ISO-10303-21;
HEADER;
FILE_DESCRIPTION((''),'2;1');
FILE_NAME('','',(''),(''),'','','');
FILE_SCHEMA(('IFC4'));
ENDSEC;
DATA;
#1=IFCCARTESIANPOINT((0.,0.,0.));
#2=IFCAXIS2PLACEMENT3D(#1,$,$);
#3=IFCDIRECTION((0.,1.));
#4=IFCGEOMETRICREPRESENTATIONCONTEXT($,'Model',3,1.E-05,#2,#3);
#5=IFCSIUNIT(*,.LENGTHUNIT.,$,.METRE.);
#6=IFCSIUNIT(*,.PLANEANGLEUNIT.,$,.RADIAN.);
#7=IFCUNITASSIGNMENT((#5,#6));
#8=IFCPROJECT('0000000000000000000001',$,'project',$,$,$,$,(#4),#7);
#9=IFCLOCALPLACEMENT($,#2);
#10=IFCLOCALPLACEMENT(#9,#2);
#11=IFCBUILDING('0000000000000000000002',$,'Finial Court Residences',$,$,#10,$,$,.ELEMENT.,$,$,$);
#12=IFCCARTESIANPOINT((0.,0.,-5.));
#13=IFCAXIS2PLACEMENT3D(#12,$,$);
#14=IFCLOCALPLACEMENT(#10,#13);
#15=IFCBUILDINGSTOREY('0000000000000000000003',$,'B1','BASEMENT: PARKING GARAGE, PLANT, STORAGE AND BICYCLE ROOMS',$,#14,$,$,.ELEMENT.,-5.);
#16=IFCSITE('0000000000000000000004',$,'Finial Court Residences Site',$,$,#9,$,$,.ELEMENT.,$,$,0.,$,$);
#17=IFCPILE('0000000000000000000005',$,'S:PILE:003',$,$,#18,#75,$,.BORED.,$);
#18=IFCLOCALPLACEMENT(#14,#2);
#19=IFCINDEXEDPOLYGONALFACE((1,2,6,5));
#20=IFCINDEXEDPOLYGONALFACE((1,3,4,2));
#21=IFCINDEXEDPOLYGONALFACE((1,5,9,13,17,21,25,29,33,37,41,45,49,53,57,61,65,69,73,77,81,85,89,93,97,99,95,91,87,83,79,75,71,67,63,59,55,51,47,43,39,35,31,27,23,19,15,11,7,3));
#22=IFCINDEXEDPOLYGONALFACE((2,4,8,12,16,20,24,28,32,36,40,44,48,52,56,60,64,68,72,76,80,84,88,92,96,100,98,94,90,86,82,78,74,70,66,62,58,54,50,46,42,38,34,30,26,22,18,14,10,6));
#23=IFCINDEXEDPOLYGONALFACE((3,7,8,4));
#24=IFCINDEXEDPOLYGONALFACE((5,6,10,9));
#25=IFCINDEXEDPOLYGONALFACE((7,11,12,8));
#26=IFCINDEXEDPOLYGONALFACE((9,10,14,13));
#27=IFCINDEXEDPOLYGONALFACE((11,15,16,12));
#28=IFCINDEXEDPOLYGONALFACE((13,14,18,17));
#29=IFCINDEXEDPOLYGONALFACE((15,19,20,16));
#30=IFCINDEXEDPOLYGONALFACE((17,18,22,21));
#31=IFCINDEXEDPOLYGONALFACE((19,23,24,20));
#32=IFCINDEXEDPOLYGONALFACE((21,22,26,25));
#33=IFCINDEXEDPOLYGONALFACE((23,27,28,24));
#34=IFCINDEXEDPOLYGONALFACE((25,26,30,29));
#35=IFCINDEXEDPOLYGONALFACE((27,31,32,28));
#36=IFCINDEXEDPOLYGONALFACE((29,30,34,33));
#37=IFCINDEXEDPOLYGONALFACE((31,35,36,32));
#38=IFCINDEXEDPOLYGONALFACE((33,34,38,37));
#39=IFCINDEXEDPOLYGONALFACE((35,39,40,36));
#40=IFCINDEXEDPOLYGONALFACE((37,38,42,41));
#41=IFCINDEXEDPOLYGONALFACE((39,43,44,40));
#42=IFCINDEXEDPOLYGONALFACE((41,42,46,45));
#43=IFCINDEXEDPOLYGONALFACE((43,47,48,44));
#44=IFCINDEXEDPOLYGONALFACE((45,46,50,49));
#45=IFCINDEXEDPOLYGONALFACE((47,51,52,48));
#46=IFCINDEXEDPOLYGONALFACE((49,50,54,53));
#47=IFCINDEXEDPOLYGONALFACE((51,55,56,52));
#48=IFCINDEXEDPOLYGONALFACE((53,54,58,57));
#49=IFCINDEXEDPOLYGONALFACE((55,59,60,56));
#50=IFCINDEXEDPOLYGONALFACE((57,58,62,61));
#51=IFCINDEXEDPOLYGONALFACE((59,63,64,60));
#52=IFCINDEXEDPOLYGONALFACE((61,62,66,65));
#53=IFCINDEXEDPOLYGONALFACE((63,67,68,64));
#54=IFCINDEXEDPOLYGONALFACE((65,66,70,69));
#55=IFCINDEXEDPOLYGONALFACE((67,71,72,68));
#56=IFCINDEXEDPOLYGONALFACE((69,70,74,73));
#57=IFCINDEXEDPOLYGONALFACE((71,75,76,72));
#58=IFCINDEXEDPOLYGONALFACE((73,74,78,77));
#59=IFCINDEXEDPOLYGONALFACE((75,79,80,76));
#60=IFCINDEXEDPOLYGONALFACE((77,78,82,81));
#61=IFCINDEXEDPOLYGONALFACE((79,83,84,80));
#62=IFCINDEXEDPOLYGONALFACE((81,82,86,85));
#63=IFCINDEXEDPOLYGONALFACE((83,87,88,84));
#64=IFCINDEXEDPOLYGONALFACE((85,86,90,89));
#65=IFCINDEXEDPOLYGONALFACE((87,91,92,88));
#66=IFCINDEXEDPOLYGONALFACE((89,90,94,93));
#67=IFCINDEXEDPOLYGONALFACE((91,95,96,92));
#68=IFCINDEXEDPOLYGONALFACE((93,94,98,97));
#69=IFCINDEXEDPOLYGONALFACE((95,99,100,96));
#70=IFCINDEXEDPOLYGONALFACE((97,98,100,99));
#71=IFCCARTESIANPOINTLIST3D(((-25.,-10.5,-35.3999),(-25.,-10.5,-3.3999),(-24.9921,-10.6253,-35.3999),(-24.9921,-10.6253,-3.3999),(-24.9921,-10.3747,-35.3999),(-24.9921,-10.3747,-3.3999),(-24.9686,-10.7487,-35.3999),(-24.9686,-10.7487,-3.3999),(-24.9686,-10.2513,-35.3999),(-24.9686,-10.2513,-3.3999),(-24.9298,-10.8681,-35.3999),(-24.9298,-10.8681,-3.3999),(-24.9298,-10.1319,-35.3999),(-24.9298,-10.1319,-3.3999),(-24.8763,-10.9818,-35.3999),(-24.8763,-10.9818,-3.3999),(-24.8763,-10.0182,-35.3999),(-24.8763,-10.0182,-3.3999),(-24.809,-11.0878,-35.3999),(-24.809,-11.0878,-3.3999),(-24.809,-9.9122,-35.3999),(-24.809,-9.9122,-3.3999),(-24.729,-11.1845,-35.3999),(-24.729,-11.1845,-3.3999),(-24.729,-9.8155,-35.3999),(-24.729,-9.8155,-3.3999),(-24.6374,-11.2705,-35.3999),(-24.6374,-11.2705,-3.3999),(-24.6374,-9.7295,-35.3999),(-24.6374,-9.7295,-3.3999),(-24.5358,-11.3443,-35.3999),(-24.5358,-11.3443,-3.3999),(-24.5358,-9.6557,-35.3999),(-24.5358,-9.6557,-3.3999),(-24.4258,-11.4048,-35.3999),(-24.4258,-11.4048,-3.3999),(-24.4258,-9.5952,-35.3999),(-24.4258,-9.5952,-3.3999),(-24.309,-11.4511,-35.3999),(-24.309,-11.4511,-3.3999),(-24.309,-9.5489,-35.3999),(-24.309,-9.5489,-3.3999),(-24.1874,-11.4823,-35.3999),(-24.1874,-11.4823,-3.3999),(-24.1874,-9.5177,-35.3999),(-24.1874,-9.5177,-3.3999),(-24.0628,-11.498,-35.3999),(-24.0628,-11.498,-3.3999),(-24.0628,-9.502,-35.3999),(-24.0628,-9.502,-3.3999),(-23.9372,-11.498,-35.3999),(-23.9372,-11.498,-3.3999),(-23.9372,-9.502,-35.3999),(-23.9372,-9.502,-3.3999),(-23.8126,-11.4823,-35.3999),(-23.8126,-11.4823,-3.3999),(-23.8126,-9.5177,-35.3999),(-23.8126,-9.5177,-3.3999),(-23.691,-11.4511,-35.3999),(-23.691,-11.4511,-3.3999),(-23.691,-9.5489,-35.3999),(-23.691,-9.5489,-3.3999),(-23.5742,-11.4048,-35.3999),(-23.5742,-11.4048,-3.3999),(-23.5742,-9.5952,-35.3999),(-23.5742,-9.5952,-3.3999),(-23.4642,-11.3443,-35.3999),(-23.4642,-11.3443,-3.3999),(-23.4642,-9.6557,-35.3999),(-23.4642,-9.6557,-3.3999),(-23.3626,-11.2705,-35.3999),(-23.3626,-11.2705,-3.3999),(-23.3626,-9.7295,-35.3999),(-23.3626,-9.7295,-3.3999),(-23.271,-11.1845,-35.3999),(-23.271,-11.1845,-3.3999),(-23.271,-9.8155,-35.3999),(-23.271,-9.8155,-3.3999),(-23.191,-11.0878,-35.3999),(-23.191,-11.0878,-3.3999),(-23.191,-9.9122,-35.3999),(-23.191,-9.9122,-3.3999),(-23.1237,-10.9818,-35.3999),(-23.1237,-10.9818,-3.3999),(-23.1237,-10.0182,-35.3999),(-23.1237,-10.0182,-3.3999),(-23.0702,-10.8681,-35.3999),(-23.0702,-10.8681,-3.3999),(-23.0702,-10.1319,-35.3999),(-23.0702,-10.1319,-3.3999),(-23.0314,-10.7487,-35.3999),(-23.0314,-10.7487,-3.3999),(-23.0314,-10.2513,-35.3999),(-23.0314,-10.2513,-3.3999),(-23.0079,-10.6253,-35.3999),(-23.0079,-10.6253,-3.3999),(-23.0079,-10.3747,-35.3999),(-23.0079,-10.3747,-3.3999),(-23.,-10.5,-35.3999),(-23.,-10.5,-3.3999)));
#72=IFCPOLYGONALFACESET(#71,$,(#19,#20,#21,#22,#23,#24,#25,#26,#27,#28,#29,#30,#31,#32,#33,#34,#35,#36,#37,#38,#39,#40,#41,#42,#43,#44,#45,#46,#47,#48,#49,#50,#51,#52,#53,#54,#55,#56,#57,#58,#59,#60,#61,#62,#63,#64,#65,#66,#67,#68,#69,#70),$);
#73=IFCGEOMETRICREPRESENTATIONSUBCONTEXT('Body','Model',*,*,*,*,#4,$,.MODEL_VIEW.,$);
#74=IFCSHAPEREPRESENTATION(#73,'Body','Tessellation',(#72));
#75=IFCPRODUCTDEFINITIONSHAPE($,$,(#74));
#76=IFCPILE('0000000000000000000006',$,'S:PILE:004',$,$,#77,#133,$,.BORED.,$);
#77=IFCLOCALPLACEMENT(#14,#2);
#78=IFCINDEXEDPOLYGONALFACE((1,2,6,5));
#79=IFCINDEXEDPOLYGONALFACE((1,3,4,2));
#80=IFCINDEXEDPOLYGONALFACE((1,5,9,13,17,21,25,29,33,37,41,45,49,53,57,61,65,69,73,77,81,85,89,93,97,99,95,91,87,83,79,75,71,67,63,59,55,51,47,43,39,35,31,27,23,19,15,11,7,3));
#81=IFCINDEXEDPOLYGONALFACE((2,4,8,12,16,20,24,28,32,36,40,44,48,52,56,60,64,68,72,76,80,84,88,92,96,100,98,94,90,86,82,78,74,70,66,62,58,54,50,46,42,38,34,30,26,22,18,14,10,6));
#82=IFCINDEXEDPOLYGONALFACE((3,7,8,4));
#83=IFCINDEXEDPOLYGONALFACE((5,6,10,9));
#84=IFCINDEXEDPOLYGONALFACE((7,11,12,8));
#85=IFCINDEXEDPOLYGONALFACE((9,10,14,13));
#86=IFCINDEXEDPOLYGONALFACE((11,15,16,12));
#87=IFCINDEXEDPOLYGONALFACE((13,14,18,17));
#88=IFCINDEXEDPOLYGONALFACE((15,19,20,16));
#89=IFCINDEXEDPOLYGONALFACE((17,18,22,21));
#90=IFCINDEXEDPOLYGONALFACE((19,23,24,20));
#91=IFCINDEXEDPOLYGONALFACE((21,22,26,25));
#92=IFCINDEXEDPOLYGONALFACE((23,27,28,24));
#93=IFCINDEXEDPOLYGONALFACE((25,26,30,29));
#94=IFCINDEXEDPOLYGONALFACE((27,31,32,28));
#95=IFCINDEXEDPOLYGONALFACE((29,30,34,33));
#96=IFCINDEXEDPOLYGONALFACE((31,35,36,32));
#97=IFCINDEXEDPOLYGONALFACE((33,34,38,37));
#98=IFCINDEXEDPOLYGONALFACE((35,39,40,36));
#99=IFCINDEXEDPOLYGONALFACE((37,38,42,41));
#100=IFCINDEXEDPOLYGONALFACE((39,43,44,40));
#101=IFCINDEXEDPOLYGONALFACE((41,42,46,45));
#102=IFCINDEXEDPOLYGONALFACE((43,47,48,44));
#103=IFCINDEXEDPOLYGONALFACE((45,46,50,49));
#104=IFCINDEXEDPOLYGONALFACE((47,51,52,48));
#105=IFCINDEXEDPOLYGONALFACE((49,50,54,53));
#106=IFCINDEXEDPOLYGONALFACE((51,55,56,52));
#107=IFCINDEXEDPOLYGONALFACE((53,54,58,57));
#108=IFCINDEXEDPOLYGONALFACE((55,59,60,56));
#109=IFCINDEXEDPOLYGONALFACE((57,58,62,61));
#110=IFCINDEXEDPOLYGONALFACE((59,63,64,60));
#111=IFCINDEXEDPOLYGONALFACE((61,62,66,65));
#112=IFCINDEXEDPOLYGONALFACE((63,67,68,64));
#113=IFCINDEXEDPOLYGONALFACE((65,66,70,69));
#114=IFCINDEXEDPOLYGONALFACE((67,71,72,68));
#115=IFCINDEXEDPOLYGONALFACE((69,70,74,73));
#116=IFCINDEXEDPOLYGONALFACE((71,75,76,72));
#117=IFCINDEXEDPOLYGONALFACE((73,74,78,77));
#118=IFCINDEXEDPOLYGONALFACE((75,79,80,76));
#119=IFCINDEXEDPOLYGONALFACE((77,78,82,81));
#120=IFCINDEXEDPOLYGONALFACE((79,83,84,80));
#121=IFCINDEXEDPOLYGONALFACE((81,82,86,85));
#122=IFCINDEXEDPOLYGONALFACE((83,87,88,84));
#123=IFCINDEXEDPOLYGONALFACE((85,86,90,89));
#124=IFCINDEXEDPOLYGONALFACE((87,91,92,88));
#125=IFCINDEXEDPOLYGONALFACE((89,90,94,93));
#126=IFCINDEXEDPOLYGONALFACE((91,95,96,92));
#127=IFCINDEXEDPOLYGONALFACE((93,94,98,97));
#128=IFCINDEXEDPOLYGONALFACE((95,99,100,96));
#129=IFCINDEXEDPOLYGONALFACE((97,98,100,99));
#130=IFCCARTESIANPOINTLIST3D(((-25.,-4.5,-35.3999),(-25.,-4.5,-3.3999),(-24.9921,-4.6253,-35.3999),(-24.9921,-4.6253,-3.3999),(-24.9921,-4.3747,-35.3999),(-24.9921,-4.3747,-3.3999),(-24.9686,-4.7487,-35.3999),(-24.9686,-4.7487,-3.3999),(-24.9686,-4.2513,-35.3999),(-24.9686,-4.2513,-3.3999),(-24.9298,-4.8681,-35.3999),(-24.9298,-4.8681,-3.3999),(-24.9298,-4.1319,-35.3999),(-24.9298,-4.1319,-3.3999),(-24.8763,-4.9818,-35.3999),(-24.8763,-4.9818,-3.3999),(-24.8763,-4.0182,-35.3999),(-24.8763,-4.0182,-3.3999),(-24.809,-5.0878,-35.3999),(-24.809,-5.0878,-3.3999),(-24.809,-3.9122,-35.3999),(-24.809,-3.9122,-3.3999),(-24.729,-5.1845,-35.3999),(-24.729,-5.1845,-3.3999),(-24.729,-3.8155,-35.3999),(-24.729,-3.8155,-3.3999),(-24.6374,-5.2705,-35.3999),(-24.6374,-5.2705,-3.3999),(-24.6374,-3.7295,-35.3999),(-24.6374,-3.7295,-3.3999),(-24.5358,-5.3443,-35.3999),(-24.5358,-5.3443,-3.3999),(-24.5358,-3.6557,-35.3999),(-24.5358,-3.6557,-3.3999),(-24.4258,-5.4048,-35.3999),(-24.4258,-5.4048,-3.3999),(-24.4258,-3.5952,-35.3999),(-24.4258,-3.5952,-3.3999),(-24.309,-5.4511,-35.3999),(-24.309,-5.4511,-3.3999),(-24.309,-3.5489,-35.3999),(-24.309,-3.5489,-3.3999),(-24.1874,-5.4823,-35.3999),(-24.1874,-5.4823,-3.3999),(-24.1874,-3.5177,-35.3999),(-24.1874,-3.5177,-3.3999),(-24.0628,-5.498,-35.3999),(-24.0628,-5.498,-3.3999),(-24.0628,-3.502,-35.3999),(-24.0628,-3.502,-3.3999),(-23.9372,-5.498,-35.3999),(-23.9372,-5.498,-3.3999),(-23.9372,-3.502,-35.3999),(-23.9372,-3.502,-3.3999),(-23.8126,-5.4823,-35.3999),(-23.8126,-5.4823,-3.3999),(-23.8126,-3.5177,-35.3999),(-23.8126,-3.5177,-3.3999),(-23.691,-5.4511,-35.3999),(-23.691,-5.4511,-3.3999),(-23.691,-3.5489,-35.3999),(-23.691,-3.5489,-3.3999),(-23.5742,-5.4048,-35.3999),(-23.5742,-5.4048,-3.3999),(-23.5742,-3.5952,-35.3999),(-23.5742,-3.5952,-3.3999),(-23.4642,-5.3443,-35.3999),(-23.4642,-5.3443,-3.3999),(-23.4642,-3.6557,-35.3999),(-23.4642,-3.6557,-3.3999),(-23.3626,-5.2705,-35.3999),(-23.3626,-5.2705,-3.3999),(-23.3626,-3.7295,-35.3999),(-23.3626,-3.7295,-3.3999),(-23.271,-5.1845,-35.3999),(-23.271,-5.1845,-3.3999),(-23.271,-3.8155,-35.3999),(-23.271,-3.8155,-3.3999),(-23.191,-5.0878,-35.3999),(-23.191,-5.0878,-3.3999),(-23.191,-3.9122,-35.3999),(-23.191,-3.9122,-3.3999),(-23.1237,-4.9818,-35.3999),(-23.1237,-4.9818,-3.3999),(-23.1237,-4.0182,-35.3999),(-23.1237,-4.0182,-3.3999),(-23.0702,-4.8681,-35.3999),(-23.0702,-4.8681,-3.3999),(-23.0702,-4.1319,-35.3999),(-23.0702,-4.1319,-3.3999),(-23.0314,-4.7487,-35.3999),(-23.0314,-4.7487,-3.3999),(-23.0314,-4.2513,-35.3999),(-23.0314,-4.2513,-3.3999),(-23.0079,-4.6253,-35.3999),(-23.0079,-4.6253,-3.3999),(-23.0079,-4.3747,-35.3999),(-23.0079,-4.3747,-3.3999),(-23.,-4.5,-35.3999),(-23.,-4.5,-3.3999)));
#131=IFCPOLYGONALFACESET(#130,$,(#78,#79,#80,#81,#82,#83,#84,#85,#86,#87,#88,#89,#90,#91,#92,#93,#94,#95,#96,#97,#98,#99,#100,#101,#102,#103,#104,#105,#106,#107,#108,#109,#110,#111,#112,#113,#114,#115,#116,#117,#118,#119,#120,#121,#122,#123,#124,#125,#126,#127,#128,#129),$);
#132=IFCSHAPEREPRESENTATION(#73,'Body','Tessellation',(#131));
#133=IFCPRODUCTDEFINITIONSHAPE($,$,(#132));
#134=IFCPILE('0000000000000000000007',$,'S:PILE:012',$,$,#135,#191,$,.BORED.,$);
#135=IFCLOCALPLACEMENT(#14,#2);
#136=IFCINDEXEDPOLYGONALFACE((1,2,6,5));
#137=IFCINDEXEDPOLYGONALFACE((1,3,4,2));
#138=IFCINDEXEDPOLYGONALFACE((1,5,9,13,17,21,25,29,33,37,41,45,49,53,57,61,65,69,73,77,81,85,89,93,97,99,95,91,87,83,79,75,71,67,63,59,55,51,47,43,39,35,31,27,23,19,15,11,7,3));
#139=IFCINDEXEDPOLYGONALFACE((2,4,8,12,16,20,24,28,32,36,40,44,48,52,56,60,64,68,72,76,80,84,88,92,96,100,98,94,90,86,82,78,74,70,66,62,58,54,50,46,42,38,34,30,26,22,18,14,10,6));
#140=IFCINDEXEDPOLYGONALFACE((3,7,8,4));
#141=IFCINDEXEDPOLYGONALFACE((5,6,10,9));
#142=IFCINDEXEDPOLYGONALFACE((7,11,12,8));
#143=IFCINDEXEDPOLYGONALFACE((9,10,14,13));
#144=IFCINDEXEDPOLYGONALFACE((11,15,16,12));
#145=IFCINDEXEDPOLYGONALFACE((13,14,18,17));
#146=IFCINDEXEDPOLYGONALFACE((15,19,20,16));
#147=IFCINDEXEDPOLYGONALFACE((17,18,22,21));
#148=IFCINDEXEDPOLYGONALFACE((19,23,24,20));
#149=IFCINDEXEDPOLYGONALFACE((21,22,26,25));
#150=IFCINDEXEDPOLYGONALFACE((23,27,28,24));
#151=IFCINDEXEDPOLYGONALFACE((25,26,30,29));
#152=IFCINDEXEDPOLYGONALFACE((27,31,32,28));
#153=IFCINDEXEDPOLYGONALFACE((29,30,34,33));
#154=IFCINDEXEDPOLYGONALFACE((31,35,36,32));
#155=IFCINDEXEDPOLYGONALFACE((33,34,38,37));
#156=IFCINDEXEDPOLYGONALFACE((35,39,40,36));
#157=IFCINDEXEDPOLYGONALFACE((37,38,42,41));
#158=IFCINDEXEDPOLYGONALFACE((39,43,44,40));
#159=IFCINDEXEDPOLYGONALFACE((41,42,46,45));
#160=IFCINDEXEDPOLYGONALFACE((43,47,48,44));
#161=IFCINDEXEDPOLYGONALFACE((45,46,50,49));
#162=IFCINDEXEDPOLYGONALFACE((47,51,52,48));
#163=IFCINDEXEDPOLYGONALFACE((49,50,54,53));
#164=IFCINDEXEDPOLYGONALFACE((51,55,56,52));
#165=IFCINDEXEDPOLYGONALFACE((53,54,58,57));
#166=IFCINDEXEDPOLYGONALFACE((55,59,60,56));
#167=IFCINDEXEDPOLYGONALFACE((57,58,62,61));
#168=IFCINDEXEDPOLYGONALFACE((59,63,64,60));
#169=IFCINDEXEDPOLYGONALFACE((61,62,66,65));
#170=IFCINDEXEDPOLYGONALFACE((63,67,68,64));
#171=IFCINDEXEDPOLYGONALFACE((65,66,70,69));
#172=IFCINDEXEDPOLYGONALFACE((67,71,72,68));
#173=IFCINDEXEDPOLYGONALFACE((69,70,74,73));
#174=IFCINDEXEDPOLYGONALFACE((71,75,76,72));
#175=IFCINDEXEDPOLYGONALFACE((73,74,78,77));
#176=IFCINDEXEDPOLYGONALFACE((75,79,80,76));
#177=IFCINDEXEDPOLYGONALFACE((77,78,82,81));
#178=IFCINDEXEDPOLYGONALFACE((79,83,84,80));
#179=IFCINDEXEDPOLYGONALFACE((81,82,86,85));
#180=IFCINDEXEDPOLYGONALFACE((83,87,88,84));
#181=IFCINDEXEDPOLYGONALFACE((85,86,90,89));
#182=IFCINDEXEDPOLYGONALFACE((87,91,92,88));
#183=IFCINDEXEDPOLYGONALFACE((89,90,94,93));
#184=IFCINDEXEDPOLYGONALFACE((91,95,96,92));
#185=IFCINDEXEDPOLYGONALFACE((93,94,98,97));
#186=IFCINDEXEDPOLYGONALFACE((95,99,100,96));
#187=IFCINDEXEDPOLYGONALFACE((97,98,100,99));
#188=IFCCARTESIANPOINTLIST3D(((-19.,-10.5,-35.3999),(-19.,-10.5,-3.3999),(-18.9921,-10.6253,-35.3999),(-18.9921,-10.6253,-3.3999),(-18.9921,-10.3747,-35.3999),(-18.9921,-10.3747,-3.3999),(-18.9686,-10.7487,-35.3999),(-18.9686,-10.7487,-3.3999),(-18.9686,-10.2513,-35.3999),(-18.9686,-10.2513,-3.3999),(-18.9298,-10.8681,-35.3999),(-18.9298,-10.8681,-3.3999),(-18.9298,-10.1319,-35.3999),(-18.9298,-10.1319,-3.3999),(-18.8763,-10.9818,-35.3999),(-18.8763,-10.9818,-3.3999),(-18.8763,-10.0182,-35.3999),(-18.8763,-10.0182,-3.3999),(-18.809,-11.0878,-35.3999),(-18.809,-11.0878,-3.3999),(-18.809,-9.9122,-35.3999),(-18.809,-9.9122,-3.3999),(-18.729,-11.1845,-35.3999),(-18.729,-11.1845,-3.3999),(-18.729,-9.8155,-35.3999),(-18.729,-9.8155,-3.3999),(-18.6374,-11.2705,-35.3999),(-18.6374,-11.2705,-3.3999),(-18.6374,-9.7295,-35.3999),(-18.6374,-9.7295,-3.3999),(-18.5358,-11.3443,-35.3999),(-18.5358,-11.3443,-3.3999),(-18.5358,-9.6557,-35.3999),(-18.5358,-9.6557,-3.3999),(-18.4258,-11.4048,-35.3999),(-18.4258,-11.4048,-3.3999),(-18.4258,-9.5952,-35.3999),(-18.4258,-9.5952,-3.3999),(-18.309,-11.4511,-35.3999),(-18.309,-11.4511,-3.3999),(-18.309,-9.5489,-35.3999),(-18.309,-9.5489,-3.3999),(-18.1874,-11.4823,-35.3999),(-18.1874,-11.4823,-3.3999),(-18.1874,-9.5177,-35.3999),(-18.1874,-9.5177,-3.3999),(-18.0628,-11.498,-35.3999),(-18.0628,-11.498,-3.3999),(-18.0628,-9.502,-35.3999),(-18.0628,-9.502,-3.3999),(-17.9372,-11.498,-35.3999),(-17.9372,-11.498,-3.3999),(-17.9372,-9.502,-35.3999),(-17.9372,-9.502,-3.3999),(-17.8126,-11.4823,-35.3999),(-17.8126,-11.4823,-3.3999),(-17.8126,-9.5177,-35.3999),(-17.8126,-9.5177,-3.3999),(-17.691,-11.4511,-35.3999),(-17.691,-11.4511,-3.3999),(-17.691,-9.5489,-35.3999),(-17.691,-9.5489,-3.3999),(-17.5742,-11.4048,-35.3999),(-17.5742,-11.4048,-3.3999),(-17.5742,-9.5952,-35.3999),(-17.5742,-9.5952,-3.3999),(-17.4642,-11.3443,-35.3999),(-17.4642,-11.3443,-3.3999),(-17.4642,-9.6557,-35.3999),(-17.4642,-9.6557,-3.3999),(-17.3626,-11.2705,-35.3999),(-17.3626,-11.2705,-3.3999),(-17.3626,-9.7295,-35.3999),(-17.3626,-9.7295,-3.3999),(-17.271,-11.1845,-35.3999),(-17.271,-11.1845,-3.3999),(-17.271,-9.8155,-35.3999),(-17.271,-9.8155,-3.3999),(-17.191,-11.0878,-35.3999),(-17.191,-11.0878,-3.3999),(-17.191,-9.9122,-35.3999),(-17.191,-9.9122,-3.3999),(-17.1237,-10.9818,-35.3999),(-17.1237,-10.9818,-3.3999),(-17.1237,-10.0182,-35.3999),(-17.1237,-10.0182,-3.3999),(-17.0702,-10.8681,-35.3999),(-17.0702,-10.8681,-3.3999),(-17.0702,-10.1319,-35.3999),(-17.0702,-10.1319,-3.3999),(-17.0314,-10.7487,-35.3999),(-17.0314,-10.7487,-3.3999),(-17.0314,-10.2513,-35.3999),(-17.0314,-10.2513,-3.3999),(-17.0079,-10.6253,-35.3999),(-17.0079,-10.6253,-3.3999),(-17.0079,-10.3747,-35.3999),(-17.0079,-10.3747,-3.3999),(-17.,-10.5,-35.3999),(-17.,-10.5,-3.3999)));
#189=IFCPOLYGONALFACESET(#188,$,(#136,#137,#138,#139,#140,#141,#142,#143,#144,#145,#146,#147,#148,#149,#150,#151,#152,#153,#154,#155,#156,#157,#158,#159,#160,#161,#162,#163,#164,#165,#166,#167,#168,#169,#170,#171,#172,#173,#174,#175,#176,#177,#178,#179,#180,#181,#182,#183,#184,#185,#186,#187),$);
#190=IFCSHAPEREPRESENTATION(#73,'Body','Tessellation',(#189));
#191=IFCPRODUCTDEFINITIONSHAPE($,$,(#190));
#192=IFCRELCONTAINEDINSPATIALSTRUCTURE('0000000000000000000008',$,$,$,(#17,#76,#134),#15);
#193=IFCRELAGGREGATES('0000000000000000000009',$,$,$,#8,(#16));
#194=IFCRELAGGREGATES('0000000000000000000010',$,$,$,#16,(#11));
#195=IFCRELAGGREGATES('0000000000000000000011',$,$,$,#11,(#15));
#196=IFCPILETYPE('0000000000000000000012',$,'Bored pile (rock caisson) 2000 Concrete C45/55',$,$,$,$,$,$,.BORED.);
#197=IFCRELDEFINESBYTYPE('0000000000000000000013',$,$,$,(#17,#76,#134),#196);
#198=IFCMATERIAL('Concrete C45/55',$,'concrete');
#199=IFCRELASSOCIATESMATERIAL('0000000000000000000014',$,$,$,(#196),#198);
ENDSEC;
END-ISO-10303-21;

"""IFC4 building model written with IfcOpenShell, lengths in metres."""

from ifc_helpers import new_model, si_unit, direction, frame, origin, origin_2d, place, context, subcontext, project, spatial, circle, extrude, material, material_profile, profile_set, type_object, element, save


model = new_model("IFC4")

# Units and contexts
model_context = context("Model", 3, precision=1e-05, world=origin(), true_north=direction((0.0, 1.0)))
body_context = subcontext(model_context, "Body", "Model", "MODEL_VIEW")
ifc_project = project(units=[si_unit("LENGTHUNIT", "METRE"), si_unit("PLANEANGLEUNIT", "RADIAN")], contexts=[model_context])

# Site, building, storey
site_placement = place(None, origin())
site = spatial("IfcSite", under=ifc_project, at=site_placement, Name="Finial Court Residences Site", CompositionType="ELEMENT", RefElevation=0.0)
building_placement = place(site_placement, origin())
building = spatial("IfcBuilding", under=site, at=building_placement, Name="Finial Court Residences", CompositionType="ELEMENT")
storey_placement = place(building_placement, frame((0.0, 0.0, -5.0)))
storey = spatial("IfcBuildingStorey", under=building, at=storey_placement, Name="B1", Description="BASEMENT: PARKING GARAGE, PLANT, STORAGE AND BICYCLE ROOMS", CompositionType="ELEMENT", Elevation=-5.0)

# Piles
ifc_material_1 = material(Name="Concrete C45/55", Category="concrete")
ifc_material_profile_1 = material_profile(ifc_material_1, circle(Radius=1.0, at=origin_2d()), Name="D2000")
ifc_profile_set_1 = profile_set([ifc_material_profile_1], Name="Concrete C45/55")
pile_type = type_object("IfcPileType", Name="Bored pile (rock caisson) 2000 Concrete C45/55", PredefinedType="BORED", material=ifc_profile_set_1)
for number, where, z_axis, x_axis, name in (
    (1, (-24.0, -10.5, -3.3999), (0.0, 0.0, -1.0), (1.0, 0.0, 0.0), "S:PILE:003"),
    (2, (-24.0, -4.5, -3.3999), (0.0, 0.0, -1.0), (1.0, 0.0, 0.0), "S:PILE:004"),
    (3, (-18.0, -10.5, -3.3999), (0.0, 0.0, -1.0), (1.0, 0.0, 0.0), "S:PILE:012"),
):
    element("IfcPile", number, at=place(storey_placement, frame(where, z_axis=z_axis, x_axis=x_axis)), inside=storey, type_object=pile_type, Name=name, PredefinedType="BORED", context=body_context, shape_type="SweptSolid", body=[
        extrude(circle(Radius=1.0, at=origin_2d()), origin(), (0.0, 0.0, 1.0), 32.0),
    ])

save(model, "model.ifc")
